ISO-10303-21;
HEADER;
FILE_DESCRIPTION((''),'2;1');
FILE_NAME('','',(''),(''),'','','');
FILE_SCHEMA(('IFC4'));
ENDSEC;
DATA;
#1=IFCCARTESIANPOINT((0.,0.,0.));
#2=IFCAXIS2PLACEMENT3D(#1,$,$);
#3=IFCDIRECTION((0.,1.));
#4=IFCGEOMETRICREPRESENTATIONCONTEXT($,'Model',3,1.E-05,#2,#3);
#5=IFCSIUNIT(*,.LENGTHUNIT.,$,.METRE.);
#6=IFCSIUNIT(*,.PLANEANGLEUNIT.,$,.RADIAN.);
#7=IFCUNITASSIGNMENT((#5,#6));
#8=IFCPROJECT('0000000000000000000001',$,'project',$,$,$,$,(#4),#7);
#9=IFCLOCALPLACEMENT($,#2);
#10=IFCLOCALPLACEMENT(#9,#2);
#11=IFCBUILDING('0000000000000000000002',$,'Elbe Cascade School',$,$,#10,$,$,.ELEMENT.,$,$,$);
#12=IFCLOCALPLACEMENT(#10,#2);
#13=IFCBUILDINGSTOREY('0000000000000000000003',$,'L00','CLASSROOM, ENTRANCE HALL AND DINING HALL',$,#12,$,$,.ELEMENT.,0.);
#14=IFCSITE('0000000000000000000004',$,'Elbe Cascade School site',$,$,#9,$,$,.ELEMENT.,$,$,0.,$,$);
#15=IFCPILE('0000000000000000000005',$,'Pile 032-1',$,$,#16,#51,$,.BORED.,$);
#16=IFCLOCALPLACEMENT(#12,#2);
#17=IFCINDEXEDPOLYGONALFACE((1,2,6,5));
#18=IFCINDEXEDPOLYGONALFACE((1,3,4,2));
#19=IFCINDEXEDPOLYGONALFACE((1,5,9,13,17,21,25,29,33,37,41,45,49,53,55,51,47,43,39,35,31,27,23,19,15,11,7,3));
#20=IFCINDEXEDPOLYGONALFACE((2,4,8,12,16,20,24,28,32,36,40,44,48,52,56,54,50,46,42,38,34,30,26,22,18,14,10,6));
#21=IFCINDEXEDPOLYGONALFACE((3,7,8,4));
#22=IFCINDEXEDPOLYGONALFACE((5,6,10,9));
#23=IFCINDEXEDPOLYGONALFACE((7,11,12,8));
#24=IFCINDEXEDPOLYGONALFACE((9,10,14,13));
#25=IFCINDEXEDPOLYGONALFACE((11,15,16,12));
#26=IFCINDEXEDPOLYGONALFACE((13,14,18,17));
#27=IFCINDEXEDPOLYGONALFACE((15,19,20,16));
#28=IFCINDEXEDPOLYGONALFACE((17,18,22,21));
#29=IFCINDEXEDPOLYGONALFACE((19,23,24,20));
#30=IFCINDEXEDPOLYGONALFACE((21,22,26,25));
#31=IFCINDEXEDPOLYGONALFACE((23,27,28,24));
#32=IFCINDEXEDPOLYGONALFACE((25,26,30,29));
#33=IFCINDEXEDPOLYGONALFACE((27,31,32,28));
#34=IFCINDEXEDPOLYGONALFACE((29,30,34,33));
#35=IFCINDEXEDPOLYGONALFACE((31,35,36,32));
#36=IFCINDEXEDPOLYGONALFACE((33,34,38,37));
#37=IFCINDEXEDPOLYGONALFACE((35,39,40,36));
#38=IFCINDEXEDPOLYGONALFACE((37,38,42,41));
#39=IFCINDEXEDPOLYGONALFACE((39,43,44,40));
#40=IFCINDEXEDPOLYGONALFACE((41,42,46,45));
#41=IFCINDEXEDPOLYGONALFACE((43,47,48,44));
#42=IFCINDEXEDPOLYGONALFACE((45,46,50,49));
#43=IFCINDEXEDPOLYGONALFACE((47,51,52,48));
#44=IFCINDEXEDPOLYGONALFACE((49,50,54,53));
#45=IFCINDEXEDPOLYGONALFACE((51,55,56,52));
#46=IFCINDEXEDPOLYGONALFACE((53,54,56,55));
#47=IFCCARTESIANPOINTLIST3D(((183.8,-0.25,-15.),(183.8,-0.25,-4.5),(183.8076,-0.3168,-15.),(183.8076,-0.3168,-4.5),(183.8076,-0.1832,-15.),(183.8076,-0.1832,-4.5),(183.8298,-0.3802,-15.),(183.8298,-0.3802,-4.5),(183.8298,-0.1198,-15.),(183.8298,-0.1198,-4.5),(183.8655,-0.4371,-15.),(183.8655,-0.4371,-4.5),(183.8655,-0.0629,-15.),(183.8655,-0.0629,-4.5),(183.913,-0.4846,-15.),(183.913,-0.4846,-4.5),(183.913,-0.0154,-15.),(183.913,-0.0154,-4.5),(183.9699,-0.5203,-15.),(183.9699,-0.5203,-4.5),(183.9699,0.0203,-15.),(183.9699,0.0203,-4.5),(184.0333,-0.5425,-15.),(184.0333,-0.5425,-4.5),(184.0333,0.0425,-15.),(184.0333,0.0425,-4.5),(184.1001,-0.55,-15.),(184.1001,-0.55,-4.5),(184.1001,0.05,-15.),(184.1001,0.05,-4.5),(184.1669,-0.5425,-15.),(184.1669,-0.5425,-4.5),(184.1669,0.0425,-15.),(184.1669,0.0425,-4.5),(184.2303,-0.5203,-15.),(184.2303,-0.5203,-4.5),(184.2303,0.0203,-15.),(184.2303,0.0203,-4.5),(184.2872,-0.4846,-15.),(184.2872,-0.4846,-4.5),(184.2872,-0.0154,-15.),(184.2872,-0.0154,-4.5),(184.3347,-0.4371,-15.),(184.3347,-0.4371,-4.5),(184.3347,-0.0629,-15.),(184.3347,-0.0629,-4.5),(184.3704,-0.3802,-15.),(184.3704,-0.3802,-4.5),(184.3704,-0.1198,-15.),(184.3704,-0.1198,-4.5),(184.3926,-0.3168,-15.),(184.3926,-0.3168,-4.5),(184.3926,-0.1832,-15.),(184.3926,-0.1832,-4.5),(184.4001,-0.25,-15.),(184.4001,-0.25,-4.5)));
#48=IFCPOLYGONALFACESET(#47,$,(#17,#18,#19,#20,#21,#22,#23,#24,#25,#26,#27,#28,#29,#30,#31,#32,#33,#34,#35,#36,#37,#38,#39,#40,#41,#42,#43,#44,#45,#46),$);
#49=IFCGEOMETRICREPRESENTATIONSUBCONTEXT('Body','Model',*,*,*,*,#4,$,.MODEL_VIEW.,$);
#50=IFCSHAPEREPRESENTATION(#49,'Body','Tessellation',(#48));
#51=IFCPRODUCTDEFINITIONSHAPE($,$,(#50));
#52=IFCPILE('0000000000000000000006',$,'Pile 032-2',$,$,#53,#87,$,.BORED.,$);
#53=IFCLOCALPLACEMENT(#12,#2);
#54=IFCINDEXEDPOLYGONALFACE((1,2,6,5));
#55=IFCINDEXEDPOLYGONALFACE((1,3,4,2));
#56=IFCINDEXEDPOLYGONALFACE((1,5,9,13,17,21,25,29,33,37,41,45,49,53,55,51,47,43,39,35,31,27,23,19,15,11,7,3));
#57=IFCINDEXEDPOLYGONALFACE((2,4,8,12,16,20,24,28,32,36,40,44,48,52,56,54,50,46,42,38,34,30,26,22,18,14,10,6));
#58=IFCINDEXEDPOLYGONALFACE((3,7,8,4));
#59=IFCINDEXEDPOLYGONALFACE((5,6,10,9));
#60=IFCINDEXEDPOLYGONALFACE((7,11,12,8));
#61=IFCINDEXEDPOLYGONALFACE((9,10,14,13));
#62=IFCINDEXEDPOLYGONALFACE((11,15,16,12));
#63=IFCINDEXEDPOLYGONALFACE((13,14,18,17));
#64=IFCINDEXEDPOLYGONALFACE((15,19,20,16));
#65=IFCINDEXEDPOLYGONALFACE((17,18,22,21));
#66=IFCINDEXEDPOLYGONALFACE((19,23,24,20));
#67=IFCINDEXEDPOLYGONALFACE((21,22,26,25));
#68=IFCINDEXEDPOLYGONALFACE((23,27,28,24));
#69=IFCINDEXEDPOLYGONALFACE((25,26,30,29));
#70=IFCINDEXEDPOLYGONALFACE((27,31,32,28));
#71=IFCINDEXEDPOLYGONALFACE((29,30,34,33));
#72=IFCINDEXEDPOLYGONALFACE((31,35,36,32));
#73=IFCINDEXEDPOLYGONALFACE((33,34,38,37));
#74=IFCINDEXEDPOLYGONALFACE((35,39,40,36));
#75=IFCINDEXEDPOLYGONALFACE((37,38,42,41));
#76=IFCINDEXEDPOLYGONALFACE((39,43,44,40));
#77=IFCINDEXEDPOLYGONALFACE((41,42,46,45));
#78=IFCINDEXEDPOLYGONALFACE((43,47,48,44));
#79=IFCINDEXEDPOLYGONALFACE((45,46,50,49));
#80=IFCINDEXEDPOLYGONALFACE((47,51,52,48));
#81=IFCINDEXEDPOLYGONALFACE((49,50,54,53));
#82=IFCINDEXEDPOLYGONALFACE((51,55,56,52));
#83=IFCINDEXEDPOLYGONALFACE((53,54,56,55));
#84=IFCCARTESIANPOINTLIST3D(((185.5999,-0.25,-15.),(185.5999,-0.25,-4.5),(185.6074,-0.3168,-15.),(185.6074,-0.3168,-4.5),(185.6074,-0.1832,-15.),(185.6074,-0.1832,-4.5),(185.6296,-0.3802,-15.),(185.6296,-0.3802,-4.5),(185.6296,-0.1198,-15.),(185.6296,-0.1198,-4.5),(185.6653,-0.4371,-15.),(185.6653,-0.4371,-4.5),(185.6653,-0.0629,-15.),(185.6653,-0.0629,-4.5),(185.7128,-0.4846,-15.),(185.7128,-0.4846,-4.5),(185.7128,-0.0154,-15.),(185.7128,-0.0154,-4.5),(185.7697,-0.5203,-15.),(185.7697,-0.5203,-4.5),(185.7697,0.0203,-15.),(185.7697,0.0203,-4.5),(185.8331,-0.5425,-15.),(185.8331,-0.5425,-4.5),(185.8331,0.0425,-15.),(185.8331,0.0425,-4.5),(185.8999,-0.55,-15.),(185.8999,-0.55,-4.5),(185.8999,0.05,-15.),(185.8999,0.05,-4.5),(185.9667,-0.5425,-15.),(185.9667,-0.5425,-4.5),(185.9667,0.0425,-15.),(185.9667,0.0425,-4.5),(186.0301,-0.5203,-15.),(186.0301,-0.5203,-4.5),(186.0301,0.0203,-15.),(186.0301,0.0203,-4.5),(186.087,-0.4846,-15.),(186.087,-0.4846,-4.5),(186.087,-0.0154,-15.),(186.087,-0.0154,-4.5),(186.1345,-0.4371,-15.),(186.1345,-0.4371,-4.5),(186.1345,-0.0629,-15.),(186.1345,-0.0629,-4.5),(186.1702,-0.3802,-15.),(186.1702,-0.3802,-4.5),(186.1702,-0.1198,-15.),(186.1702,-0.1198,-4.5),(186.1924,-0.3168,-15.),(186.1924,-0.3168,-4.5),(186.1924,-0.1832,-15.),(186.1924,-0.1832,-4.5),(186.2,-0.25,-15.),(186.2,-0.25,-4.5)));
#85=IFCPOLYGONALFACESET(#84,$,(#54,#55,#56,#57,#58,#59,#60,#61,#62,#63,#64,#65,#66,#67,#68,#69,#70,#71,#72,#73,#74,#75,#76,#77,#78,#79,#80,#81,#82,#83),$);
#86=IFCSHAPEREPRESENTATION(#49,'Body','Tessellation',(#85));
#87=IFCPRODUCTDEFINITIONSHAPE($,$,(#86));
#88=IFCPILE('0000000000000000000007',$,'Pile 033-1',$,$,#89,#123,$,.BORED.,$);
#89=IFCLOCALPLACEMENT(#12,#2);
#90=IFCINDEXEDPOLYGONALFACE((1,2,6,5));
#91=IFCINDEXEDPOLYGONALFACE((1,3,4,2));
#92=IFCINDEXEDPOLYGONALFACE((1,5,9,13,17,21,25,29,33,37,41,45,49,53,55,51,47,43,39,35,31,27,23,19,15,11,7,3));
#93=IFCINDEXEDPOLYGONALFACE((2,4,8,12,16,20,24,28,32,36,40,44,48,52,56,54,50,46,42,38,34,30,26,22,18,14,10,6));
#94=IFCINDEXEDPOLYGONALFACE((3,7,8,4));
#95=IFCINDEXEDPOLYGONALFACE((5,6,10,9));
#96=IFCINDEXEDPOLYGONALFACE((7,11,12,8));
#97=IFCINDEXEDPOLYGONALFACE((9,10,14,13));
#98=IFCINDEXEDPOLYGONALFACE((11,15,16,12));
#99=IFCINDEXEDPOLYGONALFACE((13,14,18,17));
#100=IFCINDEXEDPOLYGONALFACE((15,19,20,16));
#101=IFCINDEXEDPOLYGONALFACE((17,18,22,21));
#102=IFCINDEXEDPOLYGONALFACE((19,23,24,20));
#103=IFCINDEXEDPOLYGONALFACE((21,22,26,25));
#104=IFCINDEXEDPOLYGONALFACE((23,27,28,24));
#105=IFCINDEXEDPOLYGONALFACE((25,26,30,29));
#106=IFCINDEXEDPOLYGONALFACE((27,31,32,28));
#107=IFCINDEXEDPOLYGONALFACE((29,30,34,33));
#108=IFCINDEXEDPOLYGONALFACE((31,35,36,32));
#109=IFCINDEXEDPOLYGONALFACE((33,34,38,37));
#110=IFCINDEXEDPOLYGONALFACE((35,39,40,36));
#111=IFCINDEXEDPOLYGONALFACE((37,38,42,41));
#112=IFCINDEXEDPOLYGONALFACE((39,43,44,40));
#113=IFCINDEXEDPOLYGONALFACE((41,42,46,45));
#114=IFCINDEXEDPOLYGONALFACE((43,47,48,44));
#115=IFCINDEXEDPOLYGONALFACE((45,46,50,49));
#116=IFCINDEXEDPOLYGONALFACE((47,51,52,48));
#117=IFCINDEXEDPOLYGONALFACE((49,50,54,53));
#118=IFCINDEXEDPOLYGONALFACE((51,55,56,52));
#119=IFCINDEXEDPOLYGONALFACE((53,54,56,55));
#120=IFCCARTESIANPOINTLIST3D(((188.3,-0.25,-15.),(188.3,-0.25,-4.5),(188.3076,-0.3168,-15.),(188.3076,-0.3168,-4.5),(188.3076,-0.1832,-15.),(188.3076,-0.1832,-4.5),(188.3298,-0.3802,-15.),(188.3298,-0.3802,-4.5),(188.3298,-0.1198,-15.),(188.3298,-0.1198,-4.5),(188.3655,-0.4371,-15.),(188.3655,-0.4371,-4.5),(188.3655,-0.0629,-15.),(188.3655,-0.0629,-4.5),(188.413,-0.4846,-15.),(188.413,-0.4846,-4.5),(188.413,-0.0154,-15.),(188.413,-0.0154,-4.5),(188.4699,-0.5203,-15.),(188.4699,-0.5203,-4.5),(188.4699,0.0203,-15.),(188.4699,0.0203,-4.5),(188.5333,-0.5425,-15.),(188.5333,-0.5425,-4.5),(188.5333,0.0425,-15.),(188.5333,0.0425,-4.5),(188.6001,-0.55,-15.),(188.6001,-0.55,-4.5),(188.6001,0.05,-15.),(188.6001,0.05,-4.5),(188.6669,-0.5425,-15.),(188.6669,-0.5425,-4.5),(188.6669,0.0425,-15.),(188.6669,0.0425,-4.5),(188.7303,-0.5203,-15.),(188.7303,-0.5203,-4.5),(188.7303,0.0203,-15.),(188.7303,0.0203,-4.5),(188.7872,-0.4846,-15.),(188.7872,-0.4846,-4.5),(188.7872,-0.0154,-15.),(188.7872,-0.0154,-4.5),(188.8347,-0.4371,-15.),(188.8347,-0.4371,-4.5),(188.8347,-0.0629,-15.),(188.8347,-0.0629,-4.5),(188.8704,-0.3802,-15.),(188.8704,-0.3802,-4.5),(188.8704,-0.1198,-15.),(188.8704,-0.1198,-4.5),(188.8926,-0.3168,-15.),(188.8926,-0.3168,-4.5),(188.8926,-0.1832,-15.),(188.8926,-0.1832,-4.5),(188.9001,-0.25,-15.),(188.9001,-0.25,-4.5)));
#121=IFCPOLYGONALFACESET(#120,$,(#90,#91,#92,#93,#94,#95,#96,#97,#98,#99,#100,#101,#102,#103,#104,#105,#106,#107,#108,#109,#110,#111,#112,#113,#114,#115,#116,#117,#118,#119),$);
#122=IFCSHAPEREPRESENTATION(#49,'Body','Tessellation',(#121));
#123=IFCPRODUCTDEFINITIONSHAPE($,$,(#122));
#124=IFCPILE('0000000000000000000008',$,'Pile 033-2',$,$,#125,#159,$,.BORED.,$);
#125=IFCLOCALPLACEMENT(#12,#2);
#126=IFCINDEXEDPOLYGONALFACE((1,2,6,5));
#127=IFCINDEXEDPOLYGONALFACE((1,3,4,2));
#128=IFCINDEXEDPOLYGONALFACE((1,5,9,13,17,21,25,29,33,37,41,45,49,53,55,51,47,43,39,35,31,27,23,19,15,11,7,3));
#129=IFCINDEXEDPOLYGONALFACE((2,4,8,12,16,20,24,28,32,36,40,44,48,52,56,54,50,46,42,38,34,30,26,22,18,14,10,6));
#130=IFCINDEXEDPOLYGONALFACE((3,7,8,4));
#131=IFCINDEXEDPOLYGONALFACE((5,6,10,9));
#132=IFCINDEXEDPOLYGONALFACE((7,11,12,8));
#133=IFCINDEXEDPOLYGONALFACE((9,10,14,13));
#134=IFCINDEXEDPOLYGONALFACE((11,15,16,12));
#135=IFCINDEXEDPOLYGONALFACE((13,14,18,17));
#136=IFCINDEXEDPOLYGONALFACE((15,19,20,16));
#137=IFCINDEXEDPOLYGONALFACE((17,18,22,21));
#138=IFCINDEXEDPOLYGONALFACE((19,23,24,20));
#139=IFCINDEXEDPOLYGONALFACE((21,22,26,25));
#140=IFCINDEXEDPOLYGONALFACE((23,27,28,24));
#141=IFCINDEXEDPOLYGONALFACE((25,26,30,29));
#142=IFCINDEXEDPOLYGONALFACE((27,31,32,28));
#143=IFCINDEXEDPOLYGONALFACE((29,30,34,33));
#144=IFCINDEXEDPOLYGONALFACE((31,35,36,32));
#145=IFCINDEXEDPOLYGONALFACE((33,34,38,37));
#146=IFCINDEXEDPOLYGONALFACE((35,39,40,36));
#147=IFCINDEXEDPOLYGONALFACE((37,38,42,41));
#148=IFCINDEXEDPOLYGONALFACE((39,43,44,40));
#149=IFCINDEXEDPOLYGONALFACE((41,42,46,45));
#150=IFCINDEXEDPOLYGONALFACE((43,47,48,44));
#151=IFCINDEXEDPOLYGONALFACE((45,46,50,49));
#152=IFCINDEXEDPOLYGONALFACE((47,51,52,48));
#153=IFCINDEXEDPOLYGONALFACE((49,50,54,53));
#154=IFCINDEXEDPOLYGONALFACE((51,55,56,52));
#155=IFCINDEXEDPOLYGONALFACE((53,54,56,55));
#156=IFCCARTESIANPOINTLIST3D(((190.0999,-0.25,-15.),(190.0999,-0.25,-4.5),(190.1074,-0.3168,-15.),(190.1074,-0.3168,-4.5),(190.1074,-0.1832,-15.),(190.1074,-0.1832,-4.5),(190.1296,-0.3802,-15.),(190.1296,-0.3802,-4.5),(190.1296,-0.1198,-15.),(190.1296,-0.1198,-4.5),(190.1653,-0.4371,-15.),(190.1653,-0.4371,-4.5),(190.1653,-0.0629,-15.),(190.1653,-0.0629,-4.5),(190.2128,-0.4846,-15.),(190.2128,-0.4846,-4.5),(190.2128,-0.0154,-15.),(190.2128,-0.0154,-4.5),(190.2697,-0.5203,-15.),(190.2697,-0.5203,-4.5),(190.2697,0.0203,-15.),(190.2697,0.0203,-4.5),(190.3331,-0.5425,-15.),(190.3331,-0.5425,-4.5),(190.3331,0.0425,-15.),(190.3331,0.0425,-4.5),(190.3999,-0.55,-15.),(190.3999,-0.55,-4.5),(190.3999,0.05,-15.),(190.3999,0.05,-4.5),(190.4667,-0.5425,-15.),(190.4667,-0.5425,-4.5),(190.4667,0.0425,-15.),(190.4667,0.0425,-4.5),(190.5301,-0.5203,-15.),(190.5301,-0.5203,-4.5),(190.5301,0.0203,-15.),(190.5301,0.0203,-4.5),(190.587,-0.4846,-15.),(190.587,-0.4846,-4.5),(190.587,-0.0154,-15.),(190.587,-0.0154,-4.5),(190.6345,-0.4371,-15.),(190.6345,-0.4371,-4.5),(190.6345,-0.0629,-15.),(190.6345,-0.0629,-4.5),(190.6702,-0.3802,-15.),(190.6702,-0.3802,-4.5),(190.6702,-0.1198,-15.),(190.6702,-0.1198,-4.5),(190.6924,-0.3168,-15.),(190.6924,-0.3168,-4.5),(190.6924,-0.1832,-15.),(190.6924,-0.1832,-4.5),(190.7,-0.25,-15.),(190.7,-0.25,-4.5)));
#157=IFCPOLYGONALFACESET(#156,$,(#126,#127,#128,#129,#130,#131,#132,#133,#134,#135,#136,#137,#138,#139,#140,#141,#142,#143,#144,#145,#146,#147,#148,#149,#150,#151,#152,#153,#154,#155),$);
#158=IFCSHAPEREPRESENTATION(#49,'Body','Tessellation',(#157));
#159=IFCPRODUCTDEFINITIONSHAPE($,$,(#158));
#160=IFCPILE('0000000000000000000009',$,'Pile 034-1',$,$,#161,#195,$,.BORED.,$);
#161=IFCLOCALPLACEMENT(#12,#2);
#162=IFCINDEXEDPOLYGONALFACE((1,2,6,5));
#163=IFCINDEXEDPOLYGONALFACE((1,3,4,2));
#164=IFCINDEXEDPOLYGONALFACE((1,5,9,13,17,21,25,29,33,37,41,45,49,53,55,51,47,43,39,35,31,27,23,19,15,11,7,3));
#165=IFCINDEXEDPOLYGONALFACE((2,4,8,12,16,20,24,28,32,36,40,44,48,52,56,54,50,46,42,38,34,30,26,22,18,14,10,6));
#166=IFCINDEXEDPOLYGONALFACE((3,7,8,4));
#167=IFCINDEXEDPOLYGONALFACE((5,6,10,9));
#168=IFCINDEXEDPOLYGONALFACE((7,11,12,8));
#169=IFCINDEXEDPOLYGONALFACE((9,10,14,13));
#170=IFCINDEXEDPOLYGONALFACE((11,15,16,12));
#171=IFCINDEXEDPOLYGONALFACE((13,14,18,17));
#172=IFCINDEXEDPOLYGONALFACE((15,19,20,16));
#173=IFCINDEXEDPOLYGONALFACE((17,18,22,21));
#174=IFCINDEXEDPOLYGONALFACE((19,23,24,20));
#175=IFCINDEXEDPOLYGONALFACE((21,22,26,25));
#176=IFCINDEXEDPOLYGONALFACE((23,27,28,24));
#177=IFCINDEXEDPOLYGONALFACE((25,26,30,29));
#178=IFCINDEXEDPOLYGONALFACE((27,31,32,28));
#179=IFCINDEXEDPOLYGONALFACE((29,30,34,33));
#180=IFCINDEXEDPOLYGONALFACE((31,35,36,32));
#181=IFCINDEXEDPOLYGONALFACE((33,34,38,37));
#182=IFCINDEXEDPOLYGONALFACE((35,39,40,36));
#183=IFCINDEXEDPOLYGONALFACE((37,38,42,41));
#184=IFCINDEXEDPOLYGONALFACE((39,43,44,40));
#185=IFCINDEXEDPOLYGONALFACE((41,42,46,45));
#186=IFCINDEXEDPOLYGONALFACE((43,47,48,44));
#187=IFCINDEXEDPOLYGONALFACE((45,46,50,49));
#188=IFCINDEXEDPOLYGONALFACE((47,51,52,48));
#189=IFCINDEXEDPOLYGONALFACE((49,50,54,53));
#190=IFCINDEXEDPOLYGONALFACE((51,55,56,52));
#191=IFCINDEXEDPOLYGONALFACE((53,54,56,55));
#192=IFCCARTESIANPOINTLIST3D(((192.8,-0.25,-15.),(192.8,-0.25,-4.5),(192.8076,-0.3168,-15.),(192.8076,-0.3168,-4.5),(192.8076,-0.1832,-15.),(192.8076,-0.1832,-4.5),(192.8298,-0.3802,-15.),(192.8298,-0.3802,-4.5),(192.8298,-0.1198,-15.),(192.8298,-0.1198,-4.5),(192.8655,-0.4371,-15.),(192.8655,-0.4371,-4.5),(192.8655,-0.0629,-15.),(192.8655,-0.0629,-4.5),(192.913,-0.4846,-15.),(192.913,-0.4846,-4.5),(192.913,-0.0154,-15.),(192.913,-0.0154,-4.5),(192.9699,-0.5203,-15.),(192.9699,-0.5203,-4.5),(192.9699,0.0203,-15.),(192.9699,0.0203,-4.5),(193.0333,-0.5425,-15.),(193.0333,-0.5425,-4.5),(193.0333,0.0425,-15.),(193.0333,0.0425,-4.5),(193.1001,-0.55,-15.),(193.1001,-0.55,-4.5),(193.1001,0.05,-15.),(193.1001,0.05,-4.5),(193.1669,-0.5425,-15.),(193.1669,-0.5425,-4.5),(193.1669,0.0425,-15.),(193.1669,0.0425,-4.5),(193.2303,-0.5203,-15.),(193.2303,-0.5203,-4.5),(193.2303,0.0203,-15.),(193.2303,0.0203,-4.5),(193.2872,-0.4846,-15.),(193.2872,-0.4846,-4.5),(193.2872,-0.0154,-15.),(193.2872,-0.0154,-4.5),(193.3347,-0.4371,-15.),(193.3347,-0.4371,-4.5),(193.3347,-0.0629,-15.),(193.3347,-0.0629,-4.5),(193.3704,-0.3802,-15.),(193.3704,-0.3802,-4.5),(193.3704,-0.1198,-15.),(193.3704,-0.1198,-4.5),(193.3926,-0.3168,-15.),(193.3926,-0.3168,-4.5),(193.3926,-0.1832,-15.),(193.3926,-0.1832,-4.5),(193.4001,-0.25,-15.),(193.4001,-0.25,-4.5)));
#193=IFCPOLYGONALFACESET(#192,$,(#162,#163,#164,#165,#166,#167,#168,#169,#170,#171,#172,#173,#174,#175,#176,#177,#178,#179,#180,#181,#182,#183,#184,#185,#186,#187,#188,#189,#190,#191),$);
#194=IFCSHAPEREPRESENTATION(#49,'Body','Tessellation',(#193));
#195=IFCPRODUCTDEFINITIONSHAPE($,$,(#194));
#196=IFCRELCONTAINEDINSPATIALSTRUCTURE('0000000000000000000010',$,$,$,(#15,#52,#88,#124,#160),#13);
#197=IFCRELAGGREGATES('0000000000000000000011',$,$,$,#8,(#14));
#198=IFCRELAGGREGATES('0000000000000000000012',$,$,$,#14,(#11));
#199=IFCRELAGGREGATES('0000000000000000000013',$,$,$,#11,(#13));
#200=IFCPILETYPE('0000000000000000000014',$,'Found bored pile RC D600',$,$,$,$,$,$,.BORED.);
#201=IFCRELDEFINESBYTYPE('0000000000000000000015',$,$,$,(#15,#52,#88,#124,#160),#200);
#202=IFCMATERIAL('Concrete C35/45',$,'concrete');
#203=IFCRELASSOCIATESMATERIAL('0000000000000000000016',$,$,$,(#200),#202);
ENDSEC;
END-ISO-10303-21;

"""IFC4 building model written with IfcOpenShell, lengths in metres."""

from ifc_helpers import new_model, si_unit, direction, frame, origin, origin_2d, place, context, subcontext, project, spatial, circle, extrude, material, material_profile, profile_set, type_object, element, save


model = new_model("IFC4")

# Units and contexts
model_context = context("Model", 3, precision=1e-05, world=origin(), true_north=direction((0.0, 1.0)))
body_context = subcontext(model_context, "Body", "Model", "MODEL_VIEW")
ifc_project = project(units=[si_unit("LENGTHUNIT", "METRE"), si_unit("PLANEANGLEUNIT", "RADIAN")], contexts=[model_context])

# Site, building, storey
site_placement = place(None, origin())
site = spatial("IfcSite", under=ifc_project, at=site_placement, Name="Elbe Cascade School site", CompositionType="ELEMENT", RefElevation=0.0)
building_placement = place(site_placement, origin())
building = spatial("IfcBuilding", under=site, at=building_placement, Name="Elbe Cascade School", CompositionType="ELEMENT")
storey_placement = place(building_placement, origin())
storey = spatial("IfcBuildingStorey", under=building, at=storey_placement, Name="L00", Description="CLASSROOM, ENTRANCE HALL AND DINING HALL", CompositionType="ELEMENT", Elevation=0.0)

# Piles
ifc_material_1 = material(Name="Concrete C35/45", Category="concrete")
ifc_material_profile_1 = material_profile(ifc_material_1, circle(Radius=0.3, at=origin_2d()), Name="RC D600")
ifc_profile_set_1 = profile_set([ifc_material_profile_1], Name="Concrete C35/45")
pile_type = type_object("IfcPileType", Name="Found bored pile RC D600", PredefinedType="BORED", material=ifc_profile_set_1)
for number, where, z_axis, x_axis, name in (
    (1, (184.1001, -0.25, -4.5), (0.0, 0.0, -1.0), (1.0, 0.0, 0.0), "Pile 032-1"),
    (2, (185.8999, -0.25, -4.5), (0.0, 0.0, -1.0), (1.0, 0.0, 0.0), "Pile 032-2"),
    (3, (188.6001, -0.25, -4.5), (0.0, 0.0, -1.0), (1.0, 0.0, 0.0), "Pile 033-1"),
    (4, (190.3999, -0.25, -4.5), (0.0, 0.0, -1.0), (1.0, 0.0, 0.0), "Pile 033-2"),
    (5, (193.1001, -0.25, -4.5), (0.0, 0.0, -1.0), (1.0, 0.0, 0.0), "Pile 034-1"),
):
    element("IfcPile", number, at=place(storey_placement, frame(where, z_axis=z_axis, x_axis=x_axis)), inside=storey, type_object=pile_type, Name=name, PredefinedType="BORED", context=body_context, shape_type="SweptSolid", body=[
        extrude(circle(Radius=0.3, at=origin_2d()), origin(), (0.0, 0.0, 1.0), 10.5),
    ])

save(model, "model.ifc")
